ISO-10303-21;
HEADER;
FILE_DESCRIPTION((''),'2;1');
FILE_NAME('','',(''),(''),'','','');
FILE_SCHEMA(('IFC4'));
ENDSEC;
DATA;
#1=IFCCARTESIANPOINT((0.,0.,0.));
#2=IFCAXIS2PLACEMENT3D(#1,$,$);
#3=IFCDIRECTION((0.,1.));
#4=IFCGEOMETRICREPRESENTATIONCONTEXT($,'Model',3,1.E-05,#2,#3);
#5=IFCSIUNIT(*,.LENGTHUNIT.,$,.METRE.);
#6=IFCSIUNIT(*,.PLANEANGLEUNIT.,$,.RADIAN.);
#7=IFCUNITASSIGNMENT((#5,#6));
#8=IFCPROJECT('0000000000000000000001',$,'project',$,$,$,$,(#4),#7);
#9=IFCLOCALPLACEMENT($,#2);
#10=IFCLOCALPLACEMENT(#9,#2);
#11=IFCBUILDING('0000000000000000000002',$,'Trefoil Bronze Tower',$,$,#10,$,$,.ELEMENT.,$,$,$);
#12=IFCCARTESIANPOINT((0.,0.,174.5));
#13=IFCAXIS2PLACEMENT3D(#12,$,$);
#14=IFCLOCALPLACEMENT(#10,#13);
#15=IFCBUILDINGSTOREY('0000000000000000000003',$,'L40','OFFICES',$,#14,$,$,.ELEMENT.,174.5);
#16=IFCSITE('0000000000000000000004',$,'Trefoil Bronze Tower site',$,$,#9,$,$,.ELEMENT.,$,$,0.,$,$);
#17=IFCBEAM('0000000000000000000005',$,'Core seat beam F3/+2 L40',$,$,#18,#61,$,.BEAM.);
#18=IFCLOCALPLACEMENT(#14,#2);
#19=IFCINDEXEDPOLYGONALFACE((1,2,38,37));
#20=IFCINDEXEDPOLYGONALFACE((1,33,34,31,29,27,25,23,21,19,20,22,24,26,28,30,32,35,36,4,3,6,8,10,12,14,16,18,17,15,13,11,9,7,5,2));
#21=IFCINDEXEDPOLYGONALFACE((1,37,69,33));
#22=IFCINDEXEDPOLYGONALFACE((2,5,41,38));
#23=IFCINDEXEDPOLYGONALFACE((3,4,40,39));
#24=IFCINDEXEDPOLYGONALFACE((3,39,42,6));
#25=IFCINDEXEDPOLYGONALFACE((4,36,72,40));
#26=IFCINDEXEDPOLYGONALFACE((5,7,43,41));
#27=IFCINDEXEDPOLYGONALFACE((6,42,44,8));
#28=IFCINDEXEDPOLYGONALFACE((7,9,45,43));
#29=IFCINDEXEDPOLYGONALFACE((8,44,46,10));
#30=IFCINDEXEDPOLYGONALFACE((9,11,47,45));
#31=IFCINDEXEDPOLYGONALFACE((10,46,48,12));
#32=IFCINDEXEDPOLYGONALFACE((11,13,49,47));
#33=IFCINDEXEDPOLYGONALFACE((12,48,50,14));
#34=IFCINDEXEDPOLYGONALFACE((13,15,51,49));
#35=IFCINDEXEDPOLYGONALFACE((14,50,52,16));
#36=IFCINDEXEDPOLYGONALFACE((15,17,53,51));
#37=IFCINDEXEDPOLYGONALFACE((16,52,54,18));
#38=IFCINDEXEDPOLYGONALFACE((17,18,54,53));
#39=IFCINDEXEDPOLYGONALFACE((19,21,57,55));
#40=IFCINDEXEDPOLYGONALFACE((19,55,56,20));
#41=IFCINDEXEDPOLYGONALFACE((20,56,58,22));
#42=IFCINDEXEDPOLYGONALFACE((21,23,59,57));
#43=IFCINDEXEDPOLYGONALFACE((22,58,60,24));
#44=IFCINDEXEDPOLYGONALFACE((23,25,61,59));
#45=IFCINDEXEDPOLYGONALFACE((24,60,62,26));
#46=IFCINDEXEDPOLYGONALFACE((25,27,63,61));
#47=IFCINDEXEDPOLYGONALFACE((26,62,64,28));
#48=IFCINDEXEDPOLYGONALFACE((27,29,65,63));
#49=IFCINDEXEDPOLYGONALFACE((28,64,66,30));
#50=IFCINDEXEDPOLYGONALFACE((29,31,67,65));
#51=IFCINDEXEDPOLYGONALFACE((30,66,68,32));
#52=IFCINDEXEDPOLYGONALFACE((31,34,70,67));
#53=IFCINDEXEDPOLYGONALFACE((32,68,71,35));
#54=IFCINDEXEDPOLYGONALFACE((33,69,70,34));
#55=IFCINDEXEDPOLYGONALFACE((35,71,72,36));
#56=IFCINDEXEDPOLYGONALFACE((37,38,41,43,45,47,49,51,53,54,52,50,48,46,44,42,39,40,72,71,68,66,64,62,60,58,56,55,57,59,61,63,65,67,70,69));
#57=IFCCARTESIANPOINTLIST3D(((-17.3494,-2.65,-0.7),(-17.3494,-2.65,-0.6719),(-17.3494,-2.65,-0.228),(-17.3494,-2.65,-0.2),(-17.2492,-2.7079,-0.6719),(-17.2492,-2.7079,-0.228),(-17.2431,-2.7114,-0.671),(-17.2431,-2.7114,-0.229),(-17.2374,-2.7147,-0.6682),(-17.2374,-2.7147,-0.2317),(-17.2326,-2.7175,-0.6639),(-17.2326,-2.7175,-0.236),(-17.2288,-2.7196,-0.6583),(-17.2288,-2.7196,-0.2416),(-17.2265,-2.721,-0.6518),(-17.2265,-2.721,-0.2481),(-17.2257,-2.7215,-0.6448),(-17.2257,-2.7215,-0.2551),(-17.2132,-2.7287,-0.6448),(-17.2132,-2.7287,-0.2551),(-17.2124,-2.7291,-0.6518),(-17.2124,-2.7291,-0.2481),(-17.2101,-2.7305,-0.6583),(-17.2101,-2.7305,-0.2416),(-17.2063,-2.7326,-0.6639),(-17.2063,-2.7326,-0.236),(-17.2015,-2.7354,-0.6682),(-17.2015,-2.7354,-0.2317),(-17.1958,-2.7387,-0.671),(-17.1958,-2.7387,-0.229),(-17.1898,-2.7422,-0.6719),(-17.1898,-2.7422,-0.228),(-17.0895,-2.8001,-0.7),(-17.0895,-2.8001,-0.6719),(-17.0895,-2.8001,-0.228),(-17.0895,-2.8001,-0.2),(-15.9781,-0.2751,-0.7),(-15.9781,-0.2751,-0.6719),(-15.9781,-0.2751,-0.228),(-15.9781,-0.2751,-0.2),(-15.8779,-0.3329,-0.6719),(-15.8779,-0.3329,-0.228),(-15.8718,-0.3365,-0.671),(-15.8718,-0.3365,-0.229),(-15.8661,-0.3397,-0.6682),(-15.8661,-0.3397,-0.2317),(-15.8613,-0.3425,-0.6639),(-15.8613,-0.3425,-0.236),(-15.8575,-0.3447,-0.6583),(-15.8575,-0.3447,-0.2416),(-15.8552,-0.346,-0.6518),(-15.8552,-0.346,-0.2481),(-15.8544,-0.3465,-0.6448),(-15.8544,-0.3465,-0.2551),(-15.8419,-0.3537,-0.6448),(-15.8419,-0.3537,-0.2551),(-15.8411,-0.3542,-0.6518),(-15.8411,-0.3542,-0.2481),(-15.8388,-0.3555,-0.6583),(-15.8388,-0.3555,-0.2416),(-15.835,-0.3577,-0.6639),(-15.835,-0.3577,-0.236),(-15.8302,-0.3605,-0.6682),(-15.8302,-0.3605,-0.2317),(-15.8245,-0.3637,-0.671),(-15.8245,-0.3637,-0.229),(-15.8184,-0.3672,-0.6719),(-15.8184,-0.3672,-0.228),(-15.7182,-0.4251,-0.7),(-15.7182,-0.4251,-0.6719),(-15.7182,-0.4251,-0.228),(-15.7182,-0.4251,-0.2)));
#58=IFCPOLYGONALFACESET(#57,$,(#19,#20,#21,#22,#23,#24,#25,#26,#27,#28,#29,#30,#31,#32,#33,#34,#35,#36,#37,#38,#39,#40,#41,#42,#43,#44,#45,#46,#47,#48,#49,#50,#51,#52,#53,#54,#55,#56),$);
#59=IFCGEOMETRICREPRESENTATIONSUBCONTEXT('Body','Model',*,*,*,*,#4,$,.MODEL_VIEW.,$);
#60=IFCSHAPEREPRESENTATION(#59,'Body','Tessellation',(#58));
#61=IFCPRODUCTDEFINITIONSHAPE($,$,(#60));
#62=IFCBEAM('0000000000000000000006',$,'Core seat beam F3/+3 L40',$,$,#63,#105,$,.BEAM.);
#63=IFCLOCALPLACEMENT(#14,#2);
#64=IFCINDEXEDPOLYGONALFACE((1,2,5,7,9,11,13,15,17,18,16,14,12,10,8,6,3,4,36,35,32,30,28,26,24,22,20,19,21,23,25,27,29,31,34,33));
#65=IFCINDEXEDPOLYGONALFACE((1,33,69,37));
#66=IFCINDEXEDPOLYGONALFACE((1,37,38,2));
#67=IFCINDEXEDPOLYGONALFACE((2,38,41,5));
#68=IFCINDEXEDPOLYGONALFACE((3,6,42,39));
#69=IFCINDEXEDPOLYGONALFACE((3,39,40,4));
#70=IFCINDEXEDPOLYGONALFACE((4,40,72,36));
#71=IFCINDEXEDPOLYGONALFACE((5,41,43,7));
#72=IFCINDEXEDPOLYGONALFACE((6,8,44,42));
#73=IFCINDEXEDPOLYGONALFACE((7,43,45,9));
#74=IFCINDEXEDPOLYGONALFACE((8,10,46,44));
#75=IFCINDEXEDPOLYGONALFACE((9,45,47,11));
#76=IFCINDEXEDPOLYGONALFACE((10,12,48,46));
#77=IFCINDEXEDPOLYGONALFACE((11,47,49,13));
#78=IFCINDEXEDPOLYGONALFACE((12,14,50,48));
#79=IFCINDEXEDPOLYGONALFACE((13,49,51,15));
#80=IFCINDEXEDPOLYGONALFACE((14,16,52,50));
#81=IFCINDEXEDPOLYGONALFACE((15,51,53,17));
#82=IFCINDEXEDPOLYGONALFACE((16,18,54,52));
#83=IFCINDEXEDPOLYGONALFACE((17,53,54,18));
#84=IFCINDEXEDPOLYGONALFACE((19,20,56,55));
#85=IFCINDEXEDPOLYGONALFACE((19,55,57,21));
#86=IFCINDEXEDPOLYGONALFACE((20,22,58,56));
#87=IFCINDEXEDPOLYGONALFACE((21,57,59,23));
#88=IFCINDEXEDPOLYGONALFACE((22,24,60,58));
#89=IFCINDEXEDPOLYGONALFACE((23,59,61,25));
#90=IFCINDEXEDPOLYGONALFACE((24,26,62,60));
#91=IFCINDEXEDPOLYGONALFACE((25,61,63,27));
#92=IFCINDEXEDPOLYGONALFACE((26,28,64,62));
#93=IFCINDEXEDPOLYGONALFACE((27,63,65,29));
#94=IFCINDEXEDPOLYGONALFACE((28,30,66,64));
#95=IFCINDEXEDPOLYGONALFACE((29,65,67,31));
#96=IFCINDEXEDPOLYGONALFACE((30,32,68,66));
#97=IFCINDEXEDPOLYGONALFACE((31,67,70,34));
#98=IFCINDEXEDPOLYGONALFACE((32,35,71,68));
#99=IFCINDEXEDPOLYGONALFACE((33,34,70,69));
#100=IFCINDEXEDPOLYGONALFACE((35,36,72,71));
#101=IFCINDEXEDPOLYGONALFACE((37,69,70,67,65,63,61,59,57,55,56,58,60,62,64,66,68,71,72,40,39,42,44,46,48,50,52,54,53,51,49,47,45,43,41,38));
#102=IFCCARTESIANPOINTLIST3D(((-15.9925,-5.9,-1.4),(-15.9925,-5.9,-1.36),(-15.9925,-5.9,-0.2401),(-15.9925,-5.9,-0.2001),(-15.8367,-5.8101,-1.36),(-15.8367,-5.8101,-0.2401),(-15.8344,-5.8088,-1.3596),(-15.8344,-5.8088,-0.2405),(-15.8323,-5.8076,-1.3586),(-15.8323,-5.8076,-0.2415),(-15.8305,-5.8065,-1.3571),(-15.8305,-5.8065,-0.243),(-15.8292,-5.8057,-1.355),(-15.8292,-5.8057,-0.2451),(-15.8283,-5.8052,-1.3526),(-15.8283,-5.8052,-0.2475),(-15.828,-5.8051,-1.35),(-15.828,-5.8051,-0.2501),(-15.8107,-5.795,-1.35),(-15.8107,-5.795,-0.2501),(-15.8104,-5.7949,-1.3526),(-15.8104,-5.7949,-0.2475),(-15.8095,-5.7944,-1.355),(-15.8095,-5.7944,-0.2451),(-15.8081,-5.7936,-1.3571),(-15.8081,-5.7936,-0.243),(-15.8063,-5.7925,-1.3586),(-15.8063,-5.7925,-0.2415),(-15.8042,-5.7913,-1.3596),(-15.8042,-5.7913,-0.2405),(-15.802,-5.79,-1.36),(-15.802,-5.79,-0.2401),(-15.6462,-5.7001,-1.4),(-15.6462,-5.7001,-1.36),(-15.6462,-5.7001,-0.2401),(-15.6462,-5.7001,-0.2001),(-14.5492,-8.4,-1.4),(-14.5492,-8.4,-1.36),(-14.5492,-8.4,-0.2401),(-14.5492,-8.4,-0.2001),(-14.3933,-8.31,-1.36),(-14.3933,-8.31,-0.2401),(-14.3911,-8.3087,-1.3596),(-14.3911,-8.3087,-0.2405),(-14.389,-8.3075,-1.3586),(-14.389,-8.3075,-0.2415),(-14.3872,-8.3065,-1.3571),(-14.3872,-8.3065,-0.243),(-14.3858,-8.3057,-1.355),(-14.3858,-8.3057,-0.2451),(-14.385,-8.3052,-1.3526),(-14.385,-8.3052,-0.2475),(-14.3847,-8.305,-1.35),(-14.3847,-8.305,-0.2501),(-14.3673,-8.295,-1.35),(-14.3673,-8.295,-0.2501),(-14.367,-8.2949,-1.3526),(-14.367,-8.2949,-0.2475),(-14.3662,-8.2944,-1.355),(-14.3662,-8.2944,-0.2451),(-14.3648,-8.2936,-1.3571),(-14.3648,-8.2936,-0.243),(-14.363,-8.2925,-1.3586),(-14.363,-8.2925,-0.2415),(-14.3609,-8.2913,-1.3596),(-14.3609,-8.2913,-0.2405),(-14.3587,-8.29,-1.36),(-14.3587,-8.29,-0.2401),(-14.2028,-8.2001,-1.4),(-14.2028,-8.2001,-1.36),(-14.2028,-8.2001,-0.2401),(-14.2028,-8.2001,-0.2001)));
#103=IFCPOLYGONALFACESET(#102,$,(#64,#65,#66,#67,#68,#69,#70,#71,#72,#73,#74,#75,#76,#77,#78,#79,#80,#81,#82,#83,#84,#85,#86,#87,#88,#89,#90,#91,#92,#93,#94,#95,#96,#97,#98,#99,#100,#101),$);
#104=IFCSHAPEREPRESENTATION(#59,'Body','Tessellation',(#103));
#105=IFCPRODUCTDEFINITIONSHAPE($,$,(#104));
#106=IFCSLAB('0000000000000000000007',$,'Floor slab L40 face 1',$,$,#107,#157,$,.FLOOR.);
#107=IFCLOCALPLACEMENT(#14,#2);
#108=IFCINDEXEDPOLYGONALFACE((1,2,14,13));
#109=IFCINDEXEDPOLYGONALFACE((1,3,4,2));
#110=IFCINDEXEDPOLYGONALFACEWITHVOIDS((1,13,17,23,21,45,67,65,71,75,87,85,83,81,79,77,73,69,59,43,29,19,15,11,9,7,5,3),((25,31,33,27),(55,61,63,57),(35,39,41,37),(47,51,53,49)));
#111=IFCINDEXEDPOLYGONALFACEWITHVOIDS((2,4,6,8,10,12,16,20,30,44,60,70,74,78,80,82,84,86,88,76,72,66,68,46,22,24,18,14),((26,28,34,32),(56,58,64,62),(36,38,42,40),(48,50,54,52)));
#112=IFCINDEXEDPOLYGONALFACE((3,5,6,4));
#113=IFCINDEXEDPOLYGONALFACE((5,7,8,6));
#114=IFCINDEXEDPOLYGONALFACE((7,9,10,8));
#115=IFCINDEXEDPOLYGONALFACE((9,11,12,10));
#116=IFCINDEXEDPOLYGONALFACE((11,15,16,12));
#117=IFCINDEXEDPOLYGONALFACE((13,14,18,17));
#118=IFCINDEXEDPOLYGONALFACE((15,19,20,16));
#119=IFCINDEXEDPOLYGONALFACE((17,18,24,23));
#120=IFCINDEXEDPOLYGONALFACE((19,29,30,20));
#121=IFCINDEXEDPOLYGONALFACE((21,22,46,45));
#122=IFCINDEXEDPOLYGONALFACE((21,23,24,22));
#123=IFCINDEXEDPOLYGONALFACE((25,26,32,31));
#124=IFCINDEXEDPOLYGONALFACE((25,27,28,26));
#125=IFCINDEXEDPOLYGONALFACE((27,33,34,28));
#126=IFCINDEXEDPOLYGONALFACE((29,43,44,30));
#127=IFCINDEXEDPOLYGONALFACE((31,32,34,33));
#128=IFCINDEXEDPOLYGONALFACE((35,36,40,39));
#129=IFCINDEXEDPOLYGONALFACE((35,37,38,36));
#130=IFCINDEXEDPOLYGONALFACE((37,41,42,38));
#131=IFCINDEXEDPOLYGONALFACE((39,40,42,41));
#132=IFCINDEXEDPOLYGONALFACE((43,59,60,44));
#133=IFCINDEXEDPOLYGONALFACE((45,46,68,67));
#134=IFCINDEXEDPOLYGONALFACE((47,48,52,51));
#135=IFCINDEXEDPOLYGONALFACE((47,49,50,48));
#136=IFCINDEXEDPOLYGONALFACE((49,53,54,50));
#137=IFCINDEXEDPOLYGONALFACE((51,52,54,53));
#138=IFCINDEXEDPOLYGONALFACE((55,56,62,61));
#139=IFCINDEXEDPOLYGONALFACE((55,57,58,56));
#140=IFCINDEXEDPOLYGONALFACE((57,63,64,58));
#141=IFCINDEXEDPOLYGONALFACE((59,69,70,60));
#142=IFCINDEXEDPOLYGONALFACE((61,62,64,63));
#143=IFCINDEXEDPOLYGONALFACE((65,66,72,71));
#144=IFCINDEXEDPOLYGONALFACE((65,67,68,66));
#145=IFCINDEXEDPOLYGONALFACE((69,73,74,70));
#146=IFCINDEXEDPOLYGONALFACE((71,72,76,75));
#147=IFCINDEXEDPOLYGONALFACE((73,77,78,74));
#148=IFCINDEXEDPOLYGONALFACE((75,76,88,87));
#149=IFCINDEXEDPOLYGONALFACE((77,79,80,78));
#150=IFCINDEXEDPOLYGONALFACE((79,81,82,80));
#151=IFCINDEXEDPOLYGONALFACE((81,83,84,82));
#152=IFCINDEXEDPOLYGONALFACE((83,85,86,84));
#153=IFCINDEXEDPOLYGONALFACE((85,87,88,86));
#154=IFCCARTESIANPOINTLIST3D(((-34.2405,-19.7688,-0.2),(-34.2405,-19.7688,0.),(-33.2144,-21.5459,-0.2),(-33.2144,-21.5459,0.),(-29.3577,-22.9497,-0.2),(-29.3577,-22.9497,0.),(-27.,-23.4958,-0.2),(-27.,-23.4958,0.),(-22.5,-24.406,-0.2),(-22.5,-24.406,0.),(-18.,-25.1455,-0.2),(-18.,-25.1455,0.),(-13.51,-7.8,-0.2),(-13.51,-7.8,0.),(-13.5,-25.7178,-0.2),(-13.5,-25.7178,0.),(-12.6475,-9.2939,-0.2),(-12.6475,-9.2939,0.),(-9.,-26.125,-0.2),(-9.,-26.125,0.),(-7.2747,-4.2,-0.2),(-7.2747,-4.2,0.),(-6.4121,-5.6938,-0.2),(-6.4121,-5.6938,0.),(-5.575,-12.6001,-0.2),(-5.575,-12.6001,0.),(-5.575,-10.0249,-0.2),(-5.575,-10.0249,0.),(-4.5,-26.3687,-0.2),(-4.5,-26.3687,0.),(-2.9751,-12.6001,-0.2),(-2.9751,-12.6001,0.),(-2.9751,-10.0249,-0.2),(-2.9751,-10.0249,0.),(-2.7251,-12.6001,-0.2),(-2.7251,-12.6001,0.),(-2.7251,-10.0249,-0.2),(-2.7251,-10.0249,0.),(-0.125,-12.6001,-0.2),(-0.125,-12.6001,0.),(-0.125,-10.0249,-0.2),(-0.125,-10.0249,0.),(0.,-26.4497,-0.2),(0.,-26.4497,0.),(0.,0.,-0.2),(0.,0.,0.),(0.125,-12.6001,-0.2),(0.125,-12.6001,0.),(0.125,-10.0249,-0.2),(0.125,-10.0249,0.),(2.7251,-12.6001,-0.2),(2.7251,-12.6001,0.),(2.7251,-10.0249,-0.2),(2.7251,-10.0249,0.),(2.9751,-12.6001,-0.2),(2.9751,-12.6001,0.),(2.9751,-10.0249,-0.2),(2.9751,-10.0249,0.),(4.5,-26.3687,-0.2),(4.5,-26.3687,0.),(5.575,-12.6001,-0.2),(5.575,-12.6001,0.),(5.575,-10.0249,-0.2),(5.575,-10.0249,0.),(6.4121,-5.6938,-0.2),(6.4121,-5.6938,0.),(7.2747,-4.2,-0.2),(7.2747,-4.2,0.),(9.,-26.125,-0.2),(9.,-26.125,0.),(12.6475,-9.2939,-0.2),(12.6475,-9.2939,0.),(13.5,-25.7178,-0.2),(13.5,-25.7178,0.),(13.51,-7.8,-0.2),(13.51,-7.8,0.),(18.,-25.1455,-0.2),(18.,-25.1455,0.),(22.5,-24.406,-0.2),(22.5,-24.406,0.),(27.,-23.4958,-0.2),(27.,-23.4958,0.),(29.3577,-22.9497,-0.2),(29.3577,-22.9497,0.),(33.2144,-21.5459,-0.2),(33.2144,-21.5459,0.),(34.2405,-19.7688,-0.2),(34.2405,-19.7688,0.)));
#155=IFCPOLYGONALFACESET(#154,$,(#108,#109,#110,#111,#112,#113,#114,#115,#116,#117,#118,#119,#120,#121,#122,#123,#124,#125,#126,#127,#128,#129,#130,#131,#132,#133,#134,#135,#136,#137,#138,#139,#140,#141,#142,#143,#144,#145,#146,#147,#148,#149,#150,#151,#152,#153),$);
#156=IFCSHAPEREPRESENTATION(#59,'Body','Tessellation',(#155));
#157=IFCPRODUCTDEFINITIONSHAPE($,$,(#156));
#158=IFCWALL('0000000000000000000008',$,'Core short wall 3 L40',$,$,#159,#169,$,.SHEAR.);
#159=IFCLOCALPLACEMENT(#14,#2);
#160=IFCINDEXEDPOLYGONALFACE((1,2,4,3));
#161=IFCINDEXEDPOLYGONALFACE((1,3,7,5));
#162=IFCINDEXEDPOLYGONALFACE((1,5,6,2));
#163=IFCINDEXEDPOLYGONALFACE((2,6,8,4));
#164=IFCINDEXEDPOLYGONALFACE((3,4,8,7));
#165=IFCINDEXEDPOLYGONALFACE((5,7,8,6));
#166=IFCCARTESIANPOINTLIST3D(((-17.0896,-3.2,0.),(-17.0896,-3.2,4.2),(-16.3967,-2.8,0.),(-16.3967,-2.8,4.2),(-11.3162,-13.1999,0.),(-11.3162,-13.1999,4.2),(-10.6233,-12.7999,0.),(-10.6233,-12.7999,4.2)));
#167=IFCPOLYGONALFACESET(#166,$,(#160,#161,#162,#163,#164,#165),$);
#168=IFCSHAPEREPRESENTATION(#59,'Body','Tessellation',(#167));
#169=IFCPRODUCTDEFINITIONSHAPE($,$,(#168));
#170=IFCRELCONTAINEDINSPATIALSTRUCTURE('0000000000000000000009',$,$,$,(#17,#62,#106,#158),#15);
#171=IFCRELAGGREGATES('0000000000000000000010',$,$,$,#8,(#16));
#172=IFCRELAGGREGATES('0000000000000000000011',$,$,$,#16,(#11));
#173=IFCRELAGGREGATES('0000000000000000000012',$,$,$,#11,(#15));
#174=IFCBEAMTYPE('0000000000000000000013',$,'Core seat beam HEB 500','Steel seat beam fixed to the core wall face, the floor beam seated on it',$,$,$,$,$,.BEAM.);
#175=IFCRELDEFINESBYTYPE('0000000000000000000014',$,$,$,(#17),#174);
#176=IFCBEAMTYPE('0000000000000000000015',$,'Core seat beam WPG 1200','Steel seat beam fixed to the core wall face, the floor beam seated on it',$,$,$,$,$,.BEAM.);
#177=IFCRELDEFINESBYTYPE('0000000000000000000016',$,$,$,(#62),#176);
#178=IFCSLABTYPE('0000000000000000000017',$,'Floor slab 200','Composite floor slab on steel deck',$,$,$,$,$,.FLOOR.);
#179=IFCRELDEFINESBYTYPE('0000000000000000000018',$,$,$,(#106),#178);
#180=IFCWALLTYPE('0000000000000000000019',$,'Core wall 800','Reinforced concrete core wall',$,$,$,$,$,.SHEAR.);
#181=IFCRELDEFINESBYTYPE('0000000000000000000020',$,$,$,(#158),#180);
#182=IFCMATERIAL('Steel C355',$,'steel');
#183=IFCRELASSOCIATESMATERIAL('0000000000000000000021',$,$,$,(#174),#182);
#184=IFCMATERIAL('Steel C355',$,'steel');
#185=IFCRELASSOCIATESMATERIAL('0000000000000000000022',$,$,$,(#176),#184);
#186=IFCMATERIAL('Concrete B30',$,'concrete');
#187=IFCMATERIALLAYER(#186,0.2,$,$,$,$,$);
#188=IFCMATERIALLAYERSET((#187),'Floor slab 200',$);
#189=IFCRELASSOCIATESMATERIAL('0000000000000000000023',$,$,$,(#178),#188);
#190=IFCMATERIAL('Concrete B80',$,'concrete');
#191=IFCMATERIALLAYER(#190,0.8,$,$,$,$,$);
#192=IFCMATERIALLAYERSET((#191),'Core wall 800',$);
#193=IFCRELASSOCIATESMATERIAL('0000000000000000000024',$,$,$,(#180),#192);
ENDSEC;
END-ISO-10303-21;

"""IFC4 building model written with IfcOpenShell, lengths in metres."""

from ifc_helpers import new_model, si_unit, direction, frame, frame_2d, origin, origin_2d, place, context, subcontext, project, spatial, polyline, rectangle, i_section, outline, extrude, material, layer, layer_set, material_profile, profile_set, type_object, element, save


model = new_model("IFC4")

# Units and contexts
model_context = context("Model", 3, precision=1e-05, world=origin(), true_north=direction((0.0, 1.0)))
body_context = subcontext(model_context, "Body", "Model", "MODEL_VIEW")
ifc_project = project(units=[si_unit("LENGTHUNIT", "METRE"), si_unit("PLANEANGLEUNIT", "RADIAN")], contexts=[model_context])

# Site, building, storey
site_placement = place(None, origin())
site = spatial("IfcSite", under=ifc_project, at=site_placement, Name="Trefoil Bronze Tower site", CompositionType="ELEMENT", RefElevation=0.0)
building_placement = place(site_placement, origin())
building = spatial("IfcBuilding", under=site, at=building_placement, Name="Trefoil Bronze Tower", CompositionType="ELEMENT")
storey_placement = place(building_placement, frame((0.0, 0.0, 174.5)))
storey = spatial("IfcBuildingStorey", under=building, at=storey_placement, Name="L40", Description="OFFICES", CompositionType="ELEMENT", Elevation=174.5)

# Beams
ifc_material_1 = material(Name="Steel C355", Category="steel")
ifc_material_profile_1 = material_profile(ifc_material_1, i_section(OverallWidth=0.3, OverallDepth=0.5, WebThickness=0.0144, FlangeThickness=0.0281, FilletRadius=0.0271, at=origin_2d()), Name="HEB 500")
ifc_profile_set_1 = profile_set([ifc_material_profile_1], Name="Steel C355")
beam_type_1 = type_object("IfcBeamType", Name="Core seat beam HEB 500", Description="Steel seat beam fixed to the core wall face, the floor beam seated on it", PredefinedType="BEAM", material=ifc_profile_set_1)
beam_1_placement = place(storey_placement, frame((-15.8481, -0.3501, -0.45), z_axis=(-0.500036, -0.866005, 0.0), x_axis=(0.866005, -0.500036, 0.0)))
element("IfcBeam", 1, at=beam_1_placement, inside=storey, type_object=beam_type_1, Name="Core seat beam F3/+2 L40", PredefinedType="BEAM", context=body_context, shape_type="SweptSolid", body=[
    extrude(i_section(OverallWidth=0.3, OverallDepth=0.5, WebThickness=0.0144, FlangeThickness=0.0281, FilletRadius=0.0271, at=origin_2d()), origin(), (0.0, 0.0, 1.0), 2.7424),
])
ifc_material_2 = material(Name="Steel C355", Category="steel")
ifc_material_profile_2 = material_profile(ifc_material_2, i_section(OverallWidth=0.3999, OverallDepth=1.2, WebThickness=0.02, FlangeThickness=0.04, FilletRadius=0.01, at=origin_2d()), Name="WPG 1200")
ifc_profile_set_2 = profile_set([ifc_material_profile_2], Name="Steel C355")
beam_type_2 = type_object("IfcBeamType", Name="Core seat beam WPG 1200", Description="Steel seat beam fixed to the core wall face, the floor beam seated on it", PredefinedType="BEAM", material=ifc_profile_set_2)
beam_2_placement = place(storey_placement, frame((-15.8193, -5.8, -0.8), z_axis=(0.499996, -0.866028, 0.0), x_axis=(0.866028, 0.499996, 0.0)))
element("IfcBeam", 2, at=beam_2_placement, inside=storey, type_object=beam_type_2, Name="Core seat beam F3/+3 L40", PredefinedType="BEAM", context=body_context, shape_type="SweptSolid", body=[
    extrude(i_section(OverallWidth=0.3999, OverallDepth=1.2, WebThickness=0.02, FlangeThickness=0.04, FilletRadius=0.01, at=origin_2d()), origin(), (0.0, 0.0, 1.0), 2.8867),
])

# Slab
ifc_material_3 = material(Name="Concrete B30", Category="concrete")
ifc_layer_1 = layer(ifc_material_3, 0.2)
ifc_layer_set_1 = layer_set([ifc_layer_1], Name="Floor slab 200")
slab_type = type_object("IfcSlabType", Name="Floor slab 200", Description="Composite floor slab on steel deck", PredefinedType="FLOOR", material=ifc_layer_set_1)
slab_placement = place(storey_placement, frame((0.0, 0.0, -0.2)))
element("IfcSlab", 3, at=slab_placement, inside=storey, type_object=slab_type, Name="Floor slab L40 face 1", PredefinedType="FLOOR", context=body_context, shape_type="SweptSolid", body=[
    extrude(outline(polyline([(22.5, -24.406), (18.0, -25.1455), (13.5, -25.7178), (9.0, -26.125), (4.5, -26.3687), (0.0, -26.4497), (-4.5, -26.3687), (-9.0, -26.125), (-13.5, -25.7178), (-18.0, -25.1455), (-22.5, -24.406), (-27.0, -23.4958), (-29.3577, -22.9497), (-33.2144, -21.5459), (-34.2405, -19.7688), (-13.51, -7.8), (-12.6475, -9.2939), (-6.4121, -5.6938), (-7.2747, -4.2), (0.0, 0.0), (7.2747, -4.2), (6.4121, -5.6938), (12.6475, -9.2939), (13.51, -7.8), (34.2405, -19.7688), (33.2144, -21.5459), (29.3577, -22.9497), (27.0, -23.4958), (22.5, -24.406)]), holes=[polyline([(-5.575, -10.0249), (-2.9751, -10.0249), (-2.9751, -12.6001), (-5.575, -12.6001), (-5.575, -10.0249)]), polyline([(-2.7251, -10.0249), (-0.125, -10.0249), (-0.125, -12.6001), (-2.7251, -12.6001), (-2.7251, -10.0249)]), polyline([(0.125, -10.0249), (2.7251, -10.0249), (2.7251, -12.6001), (0.125, -12.6001), (0.125, -10.0249)]), polyline([(2.9751, -10.0249), (5.575, -10.0249), (5.575, -12.6001), (2.9751, -12.6001), (2.9751, -10.0249)])]), origin(), (0.0, 0.0, 1.0), 0.2),
])

# Wall
ifc_material_4 = material(Name="Concrete B80", Category="concrete")
ifc_layer_2 = layer(ifc_material_4, 0.8)
ifc_layer_set_2 = layer_set([ifc_layer_2], Name="Core wall 800")
wall_type_1 = type_object("IfcWallType", Name="Core wall 800", Description="Reinforced concrete core wall", PredefinedType="SHEAR", material=ifc_layer_set_2)
wall_1_placement = place(storey_placement, frame((-16.7432, -3.0, 0.0), z_axis=(0.0, 0.0, 1.0), x_axis=(0.499996, -0.866028, 0.0)))
element("IfcWall", 4, at=wall_1_placement, inside=storey, type_object=wall_type_1, Name="Core short wall 3 L40", PredefinedType="SHEAR", context=body_context, shape_type="SweptSolid", body=[
    extrude(rectangle(XDim=11.5469, YDim=0.8, at=frame_2d((5.7734, 0.0))), origin(), (0.0, 0.0, 1.0), 4.2),
])

save(model, "model.ifc")
